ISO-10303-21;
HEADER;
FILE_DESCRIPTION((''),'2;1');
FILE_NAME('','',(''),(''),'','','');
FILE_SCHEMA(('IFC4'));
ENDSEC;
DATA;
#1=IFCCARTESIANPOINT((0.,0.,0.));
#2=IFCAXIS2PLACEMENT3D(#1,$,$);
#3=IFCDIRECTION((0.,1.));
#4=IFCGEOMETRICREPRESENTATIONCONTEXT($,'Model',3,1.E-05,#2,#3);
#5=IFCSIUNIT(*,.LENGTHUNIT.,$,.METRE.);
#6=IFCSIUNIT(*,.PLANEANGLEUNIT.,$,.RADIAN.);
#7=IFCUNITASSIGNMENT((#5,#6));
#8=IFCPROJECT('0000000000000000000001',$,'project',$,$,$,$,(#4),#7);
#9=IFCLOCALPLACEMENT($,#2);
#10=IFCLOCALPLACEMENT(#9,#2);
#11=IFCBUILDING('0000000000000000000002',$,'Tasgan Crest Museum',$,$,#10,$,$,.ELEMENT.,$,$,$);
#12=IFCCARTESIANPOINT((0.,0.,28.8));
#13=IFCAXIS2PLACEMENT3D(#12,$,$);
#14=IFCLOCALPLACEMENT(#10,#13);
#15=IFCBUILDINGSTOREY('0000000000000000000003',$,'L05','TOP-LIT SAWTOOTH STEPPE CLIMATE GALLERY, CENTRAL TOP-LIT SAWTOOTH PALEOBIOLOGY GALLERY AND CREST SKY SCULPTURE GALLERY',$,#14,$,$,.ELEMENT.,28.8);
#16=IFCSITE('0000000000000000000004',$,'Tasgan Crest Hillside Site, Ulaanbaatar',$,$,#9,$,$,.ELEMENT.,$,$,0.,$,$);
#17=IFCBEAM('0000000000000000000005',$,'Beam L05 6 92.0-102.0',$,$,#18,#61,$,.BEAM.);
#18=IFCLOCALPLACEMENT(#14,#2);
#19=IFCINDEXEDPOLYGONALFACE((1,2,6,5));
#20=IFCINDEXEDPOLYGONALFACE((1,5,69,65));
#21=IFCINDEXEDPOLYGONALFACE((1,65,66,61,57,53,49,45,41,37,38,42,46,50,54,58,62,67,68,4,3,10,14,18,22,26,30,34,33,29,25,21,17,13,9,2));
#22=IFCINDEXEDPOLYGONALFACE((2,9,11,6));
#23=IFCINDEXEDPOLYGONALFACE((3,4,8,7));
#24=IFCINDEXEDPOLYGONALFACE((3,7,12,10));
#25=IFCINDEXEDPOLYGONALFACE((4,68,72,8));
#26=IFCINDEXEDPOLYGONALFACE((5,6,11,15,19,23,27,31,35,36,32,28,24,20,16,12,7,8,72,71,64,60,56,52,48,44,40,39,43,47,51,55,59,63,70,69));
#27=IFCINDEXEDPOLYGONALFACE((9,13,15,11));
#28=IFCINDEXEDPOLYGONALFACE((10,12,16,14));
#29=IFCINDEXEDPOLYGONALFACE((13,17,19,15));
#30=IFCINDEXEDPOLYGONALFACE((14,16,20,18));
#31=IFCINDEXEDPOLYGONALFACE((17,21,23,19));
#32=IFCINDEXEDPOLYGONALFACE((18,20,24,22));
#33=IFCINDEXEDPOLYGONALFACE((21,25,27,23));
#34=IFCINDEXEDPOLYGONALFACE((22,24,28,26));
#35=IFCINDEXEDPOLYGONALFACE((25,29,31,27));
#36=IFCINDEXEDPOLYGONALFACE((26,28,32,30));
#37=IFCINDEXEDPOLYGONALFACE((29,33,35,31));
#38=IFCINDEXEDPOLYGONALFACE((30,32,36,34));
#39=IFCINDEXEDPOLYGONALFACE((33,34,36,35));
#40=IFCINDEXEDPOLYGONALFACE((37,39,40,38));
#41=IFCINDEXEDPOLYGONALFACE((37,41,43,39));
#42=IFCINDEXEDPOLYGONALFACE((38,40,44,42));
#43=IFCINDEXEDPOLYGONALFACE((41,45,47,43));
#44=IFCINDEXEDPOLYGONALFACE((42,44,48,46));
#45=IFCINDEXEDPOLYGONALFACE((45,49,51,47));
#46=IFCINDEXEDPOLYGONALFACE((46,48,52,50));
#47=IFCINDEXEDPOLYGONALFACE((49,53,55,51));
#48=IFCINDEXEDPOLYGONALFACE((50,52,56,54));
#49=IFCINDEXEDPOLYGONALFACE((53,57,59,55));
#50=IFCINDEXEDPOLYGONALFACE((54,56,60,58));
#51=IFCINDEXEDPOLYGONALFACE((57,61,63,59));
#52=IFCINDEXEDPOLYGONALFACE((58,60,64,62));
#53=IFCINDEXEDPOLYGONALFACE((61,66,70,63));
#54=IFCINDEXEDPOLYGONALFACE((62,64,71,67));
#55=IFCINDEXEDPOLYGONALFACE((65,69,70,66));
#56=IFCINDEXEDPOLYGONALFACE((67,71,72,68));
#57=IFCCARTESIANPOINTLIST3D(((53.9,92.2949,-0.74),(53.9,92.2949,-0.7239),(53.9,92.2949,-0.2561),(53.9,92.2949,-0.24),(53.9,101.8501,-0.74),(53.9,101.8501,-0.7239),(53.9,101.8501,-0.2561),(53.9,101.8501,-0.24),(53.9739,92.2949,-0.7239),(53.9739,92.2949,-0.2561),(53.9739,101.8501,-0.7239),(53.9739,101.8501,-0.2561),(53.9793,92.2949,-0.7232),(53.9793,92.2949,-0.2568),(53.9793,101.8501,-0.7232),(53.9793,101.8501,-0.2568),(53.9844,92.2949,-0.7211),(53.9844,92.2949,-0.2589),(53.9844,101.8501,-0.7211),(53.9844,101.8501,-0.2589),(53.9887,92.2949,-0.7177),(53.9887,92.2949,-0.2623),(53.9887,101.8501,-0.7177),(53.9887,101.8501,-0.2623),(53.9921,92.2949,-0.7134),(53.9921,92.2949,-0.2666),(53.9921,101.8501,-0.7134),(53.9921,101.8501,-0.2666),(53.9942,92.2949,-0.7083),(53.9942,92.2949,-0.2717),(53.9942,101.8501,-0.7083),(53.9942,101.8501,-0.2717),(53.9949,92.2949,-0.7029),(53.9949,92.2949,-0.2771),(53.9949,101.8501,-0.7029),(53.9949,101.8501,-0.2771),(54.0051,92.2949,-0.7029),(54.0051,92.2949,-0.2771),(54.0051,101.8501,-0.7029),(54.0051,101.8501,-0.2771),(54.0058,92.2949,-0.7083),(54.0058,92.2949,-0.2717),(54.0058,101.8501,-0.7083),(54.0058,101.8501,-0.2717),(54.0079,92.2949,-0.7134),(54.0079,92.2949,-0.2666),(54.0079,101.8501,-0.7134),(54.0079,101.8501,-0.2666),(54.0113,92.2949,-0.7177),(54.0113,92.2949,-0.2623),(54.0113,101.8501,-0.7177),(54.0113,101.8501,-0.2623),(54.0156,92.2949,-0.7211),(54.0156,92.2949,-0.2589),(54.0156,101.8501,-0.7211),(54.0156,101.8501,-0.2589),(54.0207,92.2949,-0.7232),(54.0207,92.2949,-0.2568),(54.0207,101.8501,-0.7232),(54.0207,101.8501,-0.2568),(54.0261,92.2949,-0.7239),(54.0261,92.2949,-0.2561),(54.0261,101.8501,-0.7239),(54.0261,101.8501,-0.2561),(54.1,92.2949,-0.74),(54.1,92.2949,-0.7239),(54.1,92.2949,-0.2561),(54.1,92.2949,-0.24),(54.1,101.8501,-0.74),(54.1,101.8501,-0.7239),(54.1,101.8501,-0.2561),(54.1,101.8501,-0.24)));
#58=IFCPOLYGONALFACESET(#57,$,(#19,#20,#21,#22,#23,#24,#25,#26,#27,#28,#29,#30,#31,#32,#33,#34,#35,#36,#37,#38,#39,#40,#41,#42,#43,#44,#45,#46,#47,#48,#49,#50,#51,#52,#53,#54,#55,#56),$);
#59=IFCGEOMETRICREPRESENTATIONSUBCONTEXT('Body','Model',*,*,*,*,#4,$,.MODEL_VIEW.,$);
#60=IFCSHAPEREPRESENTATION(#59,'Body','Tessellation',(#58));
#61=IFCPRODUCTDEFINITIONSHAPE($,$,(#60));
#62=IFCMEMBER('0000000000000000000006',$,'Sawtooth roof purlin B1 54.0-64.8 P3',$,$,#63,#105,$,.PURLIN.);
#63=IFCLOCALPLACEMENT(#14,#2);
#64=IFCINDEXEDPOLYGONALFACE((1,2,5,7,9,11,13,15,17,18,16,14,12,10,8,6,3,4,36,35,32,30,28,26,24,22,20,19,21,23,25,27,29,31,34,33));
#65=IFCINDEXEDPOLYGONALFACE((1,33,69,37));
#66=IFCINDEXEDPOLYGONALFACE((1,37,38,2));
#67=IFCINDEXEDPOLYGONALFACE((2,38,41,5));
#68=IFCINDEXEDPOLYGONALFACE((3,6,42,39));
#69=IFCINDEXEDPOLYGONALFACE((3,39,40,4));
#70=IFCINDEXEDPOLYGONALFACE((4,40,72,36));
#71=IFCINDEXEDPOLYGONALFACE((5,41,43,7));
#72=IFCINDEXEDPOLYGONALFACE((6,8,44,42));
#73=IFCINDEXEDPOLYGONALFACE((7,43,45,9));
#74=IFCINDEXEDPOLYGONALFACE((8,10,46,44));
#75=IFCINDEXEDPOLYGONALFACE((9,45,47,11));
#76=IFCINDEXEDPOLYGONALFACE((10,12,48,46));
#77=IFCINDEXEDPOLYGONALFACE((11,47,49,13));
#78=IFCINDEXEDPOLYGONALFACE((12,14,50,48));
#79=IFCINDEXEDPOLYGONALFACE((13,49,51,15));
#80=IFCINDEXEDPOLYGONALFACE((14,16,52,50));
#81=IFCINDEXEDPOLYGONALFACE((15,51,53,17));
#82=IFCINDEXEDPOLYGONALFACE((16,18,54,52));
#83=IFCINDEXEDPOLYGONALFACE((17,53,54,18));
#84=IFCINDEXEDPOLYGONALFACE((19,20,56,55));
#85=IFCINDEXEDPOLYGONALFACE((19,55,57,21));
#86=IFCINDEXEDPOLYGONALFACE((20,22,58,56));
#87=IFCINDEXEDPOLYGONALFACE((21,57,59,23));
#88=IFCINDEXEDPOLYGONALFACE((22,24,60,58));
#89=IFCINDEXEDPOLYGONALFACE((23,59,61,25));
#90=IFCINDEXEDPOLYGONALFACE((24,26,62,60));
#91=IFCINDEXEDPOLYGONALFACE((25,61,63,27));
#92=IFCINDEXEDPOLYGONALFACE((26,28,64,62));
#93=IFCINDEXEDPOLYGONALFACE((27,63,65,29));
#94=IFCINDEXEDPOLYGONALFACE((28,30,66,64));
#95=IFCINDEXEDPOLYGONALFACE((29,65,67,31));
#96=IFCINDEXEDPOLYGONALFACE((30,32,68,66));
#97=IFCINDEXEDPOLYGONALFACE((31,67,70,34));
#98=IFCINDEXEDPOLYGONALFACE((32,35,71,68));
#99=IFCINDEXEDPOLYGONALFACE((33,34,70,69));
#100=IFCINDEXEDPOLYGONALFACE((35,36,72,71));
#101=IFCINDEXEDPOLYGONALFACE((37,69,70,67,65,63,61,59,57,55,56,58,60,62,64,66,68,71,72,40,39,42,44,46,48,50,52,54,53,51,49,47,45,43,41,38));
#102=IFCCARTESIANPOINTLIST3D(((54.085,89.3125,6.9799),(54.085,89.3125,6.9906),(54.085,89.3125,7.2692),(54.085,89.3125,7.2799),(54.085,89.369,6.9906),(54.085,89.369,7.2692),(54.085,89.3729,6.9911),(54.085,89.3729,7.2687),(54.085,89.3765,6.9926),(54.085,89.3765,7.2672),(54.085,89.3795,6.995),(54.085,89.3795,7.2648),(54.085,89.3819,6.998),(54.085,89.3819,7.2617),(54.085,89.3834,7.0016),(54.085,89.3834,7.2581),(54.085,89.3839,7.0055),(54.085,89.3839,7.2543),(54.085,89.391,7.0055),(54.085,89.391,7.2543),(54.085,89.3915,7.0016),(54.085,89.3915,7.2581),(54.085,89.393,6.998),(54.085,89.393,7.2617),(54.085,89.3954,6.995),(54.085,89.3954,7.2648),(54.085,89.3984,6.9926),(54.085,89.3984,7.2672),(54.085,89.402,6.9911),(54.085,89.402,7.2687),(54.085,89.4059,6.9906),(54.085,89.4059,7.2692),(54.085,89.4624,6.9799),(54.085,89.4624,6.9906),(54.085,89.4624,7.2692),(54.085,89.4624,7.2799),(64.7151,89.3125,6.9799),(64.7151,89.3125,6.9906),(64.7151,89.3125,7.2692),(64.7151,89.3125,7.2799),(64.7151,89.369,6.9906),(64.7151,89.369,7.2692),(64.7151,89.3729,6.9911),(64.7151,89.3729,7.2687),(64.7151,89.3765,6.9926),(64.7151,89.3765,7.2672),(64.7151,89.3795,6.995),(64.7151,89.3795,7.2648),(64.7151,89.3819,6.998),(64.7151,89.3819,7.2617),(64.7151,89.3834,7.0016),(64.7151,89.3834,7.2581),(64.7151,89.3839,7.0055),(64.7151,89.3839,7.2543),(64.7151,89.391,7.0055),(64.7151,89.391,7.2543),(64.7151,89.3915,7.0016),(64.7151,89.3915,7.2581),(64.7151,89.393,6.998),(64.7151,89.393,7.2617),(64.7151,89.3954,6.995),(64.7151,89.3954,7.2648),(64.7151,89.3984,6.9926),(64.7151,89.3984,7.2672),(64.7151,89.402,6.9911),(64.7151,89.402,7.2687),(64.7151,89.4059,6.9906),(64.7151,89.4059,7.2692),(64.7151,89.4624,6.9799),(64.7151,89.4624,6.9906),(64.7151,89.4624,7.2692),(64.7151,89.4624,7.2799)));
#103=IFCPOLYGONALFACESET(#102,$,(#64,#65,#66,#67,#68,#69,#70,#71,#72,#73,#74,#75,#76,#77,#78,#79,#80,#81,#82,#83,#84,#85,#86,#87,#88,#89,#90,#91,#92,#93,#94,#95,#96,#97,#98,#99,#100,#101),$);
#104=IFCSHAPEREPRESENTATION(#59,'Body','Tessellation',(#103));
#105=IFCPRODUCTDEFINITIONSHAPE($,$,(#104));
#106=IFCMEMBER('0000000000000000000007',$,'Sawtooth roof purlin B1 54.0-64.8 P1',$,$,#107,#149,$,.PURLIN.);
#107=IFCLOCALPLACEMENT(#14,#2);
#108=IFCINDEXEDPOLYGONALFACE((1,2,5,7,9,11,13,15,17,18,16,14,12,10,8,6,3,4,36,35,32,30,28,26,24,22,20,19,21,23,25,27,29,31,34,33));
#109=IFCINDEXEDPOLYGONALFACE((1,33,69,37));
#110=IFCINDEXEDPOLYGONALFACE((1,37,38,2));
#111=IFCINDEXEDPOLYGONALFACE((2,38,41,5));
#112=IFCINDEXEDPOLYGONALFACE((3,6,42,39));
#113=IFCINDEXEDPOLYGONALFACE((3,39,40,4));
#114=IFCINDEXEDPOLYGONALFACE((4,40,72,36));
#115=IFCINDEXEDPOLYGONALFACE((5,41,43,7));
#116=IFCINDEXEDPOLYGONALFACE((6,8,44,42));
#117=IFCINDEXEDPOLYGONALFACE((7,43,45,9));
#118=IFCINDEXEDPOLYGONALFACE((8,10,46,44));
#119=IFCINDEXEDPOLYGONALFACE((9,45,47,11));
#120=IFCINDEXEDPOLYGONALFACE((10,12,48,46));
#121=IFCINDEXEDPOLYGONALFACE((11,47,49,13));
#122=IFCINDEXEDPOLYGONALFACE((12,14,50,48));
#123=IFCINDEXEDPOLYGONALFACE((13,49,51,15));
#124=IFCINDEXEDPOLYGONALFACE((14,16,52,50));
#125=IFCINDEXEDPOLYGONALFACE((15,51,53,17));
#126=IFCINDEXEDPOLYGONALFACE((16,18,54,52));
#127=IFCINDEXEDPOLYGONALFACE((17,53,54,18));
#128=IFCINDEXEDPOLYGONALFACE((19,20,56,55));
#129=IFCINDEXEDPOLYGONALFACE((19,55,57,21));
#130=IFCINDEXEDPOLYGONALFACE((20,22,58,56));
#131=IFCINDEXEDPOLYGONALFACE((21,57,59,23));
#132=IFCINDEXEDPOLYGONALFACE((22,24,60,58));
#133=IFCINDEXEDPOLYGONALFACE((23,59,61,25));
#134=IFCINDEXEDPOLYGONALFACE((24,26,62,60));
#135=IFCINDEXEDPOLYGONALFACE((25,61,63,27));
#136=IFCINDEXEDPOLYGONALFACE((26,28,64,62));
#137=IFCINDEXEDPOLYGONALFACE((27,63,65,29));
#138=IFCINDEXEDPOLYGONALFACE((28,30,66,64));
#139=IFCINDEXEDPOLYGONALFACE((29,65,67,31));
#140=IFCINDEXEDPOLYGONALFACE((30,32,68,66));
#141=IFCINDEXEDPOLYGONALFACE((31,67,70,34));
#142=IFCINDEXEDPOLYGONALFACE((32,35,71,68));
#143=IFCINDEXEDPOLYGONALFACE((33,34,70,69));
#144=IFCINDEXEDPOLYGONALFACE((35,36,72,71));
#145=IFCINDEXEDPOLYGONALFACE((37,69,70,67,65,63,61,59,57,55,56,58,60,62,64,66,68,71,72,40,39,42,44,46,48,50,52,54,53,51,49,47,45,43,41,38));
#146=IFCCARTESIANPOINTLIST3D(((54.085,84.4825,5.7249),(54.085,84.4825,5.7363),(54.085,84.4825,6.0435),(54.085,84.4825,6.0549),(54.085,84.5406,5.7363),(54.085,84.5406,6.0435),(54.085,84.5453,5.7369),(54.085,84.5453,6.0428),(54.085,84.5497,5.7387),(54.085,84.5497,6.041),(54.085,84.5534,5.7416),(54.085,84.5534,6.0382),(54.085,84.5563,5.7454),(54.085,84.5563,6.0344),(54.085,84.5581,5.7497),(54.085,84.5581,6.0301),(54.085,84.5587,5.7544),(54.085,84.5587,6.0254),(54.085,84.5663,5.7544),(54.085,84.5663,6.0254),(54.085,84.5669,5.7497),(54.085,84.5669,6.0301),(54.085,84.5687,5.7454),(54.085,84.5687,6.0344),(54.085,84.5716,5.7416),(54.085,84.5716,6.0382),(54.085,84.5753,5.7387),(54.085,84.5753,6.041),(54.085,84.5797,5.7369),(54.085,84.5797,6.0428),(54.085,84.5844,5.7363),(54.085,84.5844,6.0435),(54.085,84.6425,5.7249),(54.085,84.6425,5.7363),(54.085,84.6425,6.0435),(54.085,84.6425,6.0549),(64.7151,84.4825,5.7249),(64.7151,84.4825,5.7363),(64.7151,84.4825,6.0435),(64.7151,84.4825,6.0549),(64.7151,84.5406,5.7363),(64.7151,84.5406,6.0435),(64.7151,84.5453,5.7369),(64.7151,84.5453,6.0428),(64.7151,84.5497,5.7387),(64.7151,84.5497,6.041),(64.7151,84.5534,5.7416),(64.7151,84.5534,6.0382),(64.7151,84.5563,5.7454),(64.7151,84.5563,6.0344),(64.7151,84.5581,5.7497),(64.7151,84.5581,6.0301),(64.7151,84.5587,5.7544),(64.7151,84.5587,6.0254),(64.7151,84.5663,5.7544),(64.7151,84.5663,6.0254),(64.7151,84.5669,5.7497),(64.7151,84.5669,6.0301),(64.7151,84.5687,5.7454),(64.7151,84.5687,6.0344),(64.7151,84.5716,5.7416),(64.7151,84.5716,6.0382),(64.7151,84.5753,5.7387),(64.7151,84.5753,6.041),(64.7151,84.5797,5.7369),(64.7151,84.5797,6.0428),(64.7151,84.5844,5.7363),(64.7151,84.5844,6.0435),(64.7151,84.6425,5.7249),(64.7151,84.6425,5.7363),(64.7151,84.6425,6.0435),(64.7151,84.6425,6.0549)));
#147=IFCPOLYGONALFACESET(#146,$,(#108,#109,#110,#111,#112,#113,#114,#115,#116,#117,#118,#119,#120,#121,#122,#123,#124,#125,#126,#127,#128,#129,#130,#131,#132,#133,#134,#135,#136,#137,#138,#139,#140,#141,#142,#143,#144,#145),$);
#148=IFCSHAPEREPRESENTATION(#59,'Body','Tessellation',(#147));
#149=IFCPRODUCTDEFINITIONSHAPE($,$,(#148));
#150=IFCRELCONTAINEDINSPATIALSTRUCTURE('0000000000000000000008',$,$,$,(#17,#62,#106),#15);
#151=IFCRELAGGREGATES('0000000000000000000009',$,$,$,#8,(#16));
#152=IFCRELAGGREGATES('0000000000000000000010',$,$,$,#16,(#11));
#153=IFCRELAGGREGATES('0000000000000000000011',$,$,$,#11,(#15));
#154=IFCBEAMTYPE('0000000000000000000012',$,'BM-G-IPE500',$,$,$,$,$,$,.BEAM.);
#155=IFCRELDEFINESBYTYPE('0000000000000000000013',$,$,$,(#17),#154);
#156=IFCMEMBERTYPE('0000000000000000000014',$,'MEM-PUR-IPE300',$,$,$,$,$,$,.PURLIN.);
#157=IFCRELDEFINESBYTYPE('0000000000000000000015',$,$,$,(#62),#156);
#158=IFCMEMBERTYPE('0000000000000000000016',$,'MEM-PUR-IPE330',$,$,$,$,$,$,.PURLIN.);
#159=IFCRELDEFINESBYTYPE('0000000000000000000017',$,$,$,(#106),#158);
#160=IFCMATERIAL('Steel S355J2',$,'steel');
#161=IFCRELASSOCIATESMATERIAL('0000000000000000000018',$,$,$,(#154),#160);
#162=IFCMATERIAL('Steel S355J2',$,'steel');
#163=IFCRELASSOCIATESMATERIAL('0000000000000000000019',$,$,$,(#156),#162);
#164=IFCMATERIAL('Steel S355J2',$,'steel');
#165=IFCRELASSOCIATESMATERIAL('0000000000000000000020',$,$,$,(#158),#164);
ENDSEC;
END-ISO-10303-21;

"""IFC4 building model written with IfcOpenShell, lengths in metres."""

from ifc_helpers import new_model, si_unit, direction, frame, origin, origin_2d, place, context, subcontext, project, spatial, i_section, extrude, material, material_profile, profile_set, type_object, element, save


model = new_model("IFC4")

# Units and contexts
model_context = context("Model", 3, precision=1e-05, world=origin(), true_north=direction((0.0, 1.0)))
body_context = subcontext(model_context, "Body", "Model", "MODEL_VIEW")
ifc_project = project(units=[si_unit("LENGTHUNIT", "METRE"), si_unit("PLANEANGLEUNIT", "RADIAN")], contexts=[model_context])

# Site, building, storey
site_placement = place(None, origin())
site = spatial("IfcSite", under=ifc_project, at=site_placement, Name="Tasgan Crest Hillside Site, Ulaanbaatar", CompositionType="ELEMENT", RefElevation=0.0)
building_placement = place(site_placement, origin())
building = spatial("IfcBuilding", under=site, at=building_placement, Name="Tasgan Crest Museum", CompositionType="ELEMENT")
storey_placement = place(building_placement, frame((0.0, 0.0, 28.8)))
storey = spatial("IfcBuildingStorey", under=building, at=storey_placement, Name="L05", Description="TOP-LIT SAWTOOTH STEPPE CLIMATE GALLERY, CENTRAL TOP-LIT SAWTOOTH PALEOBIOLOGY GALLERY AND CREST SKY SCULPTURE GALLERY", CompositionType="ELEMENT", Elevation=28.8)

# Beam
ifc_material_1 = material(Name="Steel S355J2", Category="steel")
ifc_material_profile_1 = material_profile(ifc_material_1, i_section(OverallWidth=0.2, OverallDepth=0.5, WebThickness=0.0103, FlangeThickness=0.0161, FilletRadius=0.021, at=origin_2d()), Name="IPE 500")
ifc_profile_set_1 = profile_set([ifc_material_profile_1], Name="Steel S355J2")
beam_type_1 = type_object("IfcBeamType", Name="BM-G-IPE500", PredefinedType="BEAM", material=ifc_profile_set_1)
beam_1_placement = place(storey_placement, frame((54.0, 92.2949, -0.49), z_axis=(0.0, 1.0, 0.0), x_axis=(-1.0, 0.0, 0.0)))
element("IfcBeam", 1, at=beam_1_placement, inside=storey, type_object=beam_type_1, Name="Beam L05 6 92.0-102.0", PredefinedType="BEAM", context=body_context, shape_type="SweptSolid", body=[
    extrude(i_section(OverallWidth=0.2, OverallDepth=0.5, WebThickness=0.0103, FlangeThickness=0.0161, FilletRadius=0.021, at=origin_2d()), origin(), (0.0, 0.0, 1.0), 9.5552),
])

# Members
ifc_material_2 = material(Name="Steel S355J2", Category="steel")
ifc_material_profile_2 = material_profile(ifc_material_2, i_section(OverallWidth=0.1499, OverallDepth=0.3, WebThickness=0.0071, FlangeThickness=0.0107, FilletRadius=0.0149, at=origin_2d()), Name="IPE 300")
ifc_profile_set_2 = profile_set([ifc_material_profile_2], Name="Steel S355J2")
member_type_1 = type_object("IfcMemberType", Name="MEM-PUR-IPE300", PredefinedType="PURLIN", material=ifc_profile_set_2)
member_1_placement = place(storey_placement, frame((54.085, 89.3875, 7.1299), z_axis=(1.0, 0.0, 0.0), x_axis=(0.0, 1.0, 0.0)))
element("IfcMember", 2, at=member_1_placement, inside=storey, type_object=member_type_1, Name="Sawtooth roof purlin B1 54.0-64.8 P3", PredefinedType="PURLIN", context=body_context, shape_type="SweptSolid", body=[
    extrude(i_section(OverallWidth=0.1499, OverallDepth=0.3, WebThickness=0.0071, FlangeThickness=0.0107, FilletRadius=0.0149, at=origin_2d()), origin(), (0.0, 0.0, 1.0), 10.6301),
])
ifc_material_3 = material(Name="Steel S355J2", Category="steel")
ifc_material_profile_3 = material_profile(ifc_material_3, i_section(OverallWidth=0.1599, OverallDepth=0.3301, WebThickness=0.0076, FlangeThickness=0.0115, FilletRadius=0.0181, at=origin_2d()), Name="IPE 330")
ifc_profile_set_3 = profile_set([ifc_material_profile_3], Name="Steel S355J2")
member_type_2 = type_object("IfcMemberType", Name="MEM-PUR-IPE330", PredefinedType="PURLIN", material=ifc_profile_set_3)
member_2_placement = place(storey_placement, frame((54.085, 84.5625, 5.8899), z_axis=(1.0, 0.0, 0.0), x_axis=(0.0, 1.0, 0.0)))
element("IfcMember", 3, at=member_2_placement, inside=storey, type_object=member_type_2, Name="Sawtooth roof purlin B1 54.0-64.8 P1", PredefinedType="PURLIN", context=body_context, shape_type="SweptSolid", body=[
    extrude(i_section(OverallWidth=0.1599, OverallDepth=0.3301, WebThickness=0.0076, FlangeThickness=0.0115, FilletRadius=0.0181, at=origin_2d()), origin(), (0.0, 0.0, 1.0), 10.6301),
])

save(model, "model.ifc")
